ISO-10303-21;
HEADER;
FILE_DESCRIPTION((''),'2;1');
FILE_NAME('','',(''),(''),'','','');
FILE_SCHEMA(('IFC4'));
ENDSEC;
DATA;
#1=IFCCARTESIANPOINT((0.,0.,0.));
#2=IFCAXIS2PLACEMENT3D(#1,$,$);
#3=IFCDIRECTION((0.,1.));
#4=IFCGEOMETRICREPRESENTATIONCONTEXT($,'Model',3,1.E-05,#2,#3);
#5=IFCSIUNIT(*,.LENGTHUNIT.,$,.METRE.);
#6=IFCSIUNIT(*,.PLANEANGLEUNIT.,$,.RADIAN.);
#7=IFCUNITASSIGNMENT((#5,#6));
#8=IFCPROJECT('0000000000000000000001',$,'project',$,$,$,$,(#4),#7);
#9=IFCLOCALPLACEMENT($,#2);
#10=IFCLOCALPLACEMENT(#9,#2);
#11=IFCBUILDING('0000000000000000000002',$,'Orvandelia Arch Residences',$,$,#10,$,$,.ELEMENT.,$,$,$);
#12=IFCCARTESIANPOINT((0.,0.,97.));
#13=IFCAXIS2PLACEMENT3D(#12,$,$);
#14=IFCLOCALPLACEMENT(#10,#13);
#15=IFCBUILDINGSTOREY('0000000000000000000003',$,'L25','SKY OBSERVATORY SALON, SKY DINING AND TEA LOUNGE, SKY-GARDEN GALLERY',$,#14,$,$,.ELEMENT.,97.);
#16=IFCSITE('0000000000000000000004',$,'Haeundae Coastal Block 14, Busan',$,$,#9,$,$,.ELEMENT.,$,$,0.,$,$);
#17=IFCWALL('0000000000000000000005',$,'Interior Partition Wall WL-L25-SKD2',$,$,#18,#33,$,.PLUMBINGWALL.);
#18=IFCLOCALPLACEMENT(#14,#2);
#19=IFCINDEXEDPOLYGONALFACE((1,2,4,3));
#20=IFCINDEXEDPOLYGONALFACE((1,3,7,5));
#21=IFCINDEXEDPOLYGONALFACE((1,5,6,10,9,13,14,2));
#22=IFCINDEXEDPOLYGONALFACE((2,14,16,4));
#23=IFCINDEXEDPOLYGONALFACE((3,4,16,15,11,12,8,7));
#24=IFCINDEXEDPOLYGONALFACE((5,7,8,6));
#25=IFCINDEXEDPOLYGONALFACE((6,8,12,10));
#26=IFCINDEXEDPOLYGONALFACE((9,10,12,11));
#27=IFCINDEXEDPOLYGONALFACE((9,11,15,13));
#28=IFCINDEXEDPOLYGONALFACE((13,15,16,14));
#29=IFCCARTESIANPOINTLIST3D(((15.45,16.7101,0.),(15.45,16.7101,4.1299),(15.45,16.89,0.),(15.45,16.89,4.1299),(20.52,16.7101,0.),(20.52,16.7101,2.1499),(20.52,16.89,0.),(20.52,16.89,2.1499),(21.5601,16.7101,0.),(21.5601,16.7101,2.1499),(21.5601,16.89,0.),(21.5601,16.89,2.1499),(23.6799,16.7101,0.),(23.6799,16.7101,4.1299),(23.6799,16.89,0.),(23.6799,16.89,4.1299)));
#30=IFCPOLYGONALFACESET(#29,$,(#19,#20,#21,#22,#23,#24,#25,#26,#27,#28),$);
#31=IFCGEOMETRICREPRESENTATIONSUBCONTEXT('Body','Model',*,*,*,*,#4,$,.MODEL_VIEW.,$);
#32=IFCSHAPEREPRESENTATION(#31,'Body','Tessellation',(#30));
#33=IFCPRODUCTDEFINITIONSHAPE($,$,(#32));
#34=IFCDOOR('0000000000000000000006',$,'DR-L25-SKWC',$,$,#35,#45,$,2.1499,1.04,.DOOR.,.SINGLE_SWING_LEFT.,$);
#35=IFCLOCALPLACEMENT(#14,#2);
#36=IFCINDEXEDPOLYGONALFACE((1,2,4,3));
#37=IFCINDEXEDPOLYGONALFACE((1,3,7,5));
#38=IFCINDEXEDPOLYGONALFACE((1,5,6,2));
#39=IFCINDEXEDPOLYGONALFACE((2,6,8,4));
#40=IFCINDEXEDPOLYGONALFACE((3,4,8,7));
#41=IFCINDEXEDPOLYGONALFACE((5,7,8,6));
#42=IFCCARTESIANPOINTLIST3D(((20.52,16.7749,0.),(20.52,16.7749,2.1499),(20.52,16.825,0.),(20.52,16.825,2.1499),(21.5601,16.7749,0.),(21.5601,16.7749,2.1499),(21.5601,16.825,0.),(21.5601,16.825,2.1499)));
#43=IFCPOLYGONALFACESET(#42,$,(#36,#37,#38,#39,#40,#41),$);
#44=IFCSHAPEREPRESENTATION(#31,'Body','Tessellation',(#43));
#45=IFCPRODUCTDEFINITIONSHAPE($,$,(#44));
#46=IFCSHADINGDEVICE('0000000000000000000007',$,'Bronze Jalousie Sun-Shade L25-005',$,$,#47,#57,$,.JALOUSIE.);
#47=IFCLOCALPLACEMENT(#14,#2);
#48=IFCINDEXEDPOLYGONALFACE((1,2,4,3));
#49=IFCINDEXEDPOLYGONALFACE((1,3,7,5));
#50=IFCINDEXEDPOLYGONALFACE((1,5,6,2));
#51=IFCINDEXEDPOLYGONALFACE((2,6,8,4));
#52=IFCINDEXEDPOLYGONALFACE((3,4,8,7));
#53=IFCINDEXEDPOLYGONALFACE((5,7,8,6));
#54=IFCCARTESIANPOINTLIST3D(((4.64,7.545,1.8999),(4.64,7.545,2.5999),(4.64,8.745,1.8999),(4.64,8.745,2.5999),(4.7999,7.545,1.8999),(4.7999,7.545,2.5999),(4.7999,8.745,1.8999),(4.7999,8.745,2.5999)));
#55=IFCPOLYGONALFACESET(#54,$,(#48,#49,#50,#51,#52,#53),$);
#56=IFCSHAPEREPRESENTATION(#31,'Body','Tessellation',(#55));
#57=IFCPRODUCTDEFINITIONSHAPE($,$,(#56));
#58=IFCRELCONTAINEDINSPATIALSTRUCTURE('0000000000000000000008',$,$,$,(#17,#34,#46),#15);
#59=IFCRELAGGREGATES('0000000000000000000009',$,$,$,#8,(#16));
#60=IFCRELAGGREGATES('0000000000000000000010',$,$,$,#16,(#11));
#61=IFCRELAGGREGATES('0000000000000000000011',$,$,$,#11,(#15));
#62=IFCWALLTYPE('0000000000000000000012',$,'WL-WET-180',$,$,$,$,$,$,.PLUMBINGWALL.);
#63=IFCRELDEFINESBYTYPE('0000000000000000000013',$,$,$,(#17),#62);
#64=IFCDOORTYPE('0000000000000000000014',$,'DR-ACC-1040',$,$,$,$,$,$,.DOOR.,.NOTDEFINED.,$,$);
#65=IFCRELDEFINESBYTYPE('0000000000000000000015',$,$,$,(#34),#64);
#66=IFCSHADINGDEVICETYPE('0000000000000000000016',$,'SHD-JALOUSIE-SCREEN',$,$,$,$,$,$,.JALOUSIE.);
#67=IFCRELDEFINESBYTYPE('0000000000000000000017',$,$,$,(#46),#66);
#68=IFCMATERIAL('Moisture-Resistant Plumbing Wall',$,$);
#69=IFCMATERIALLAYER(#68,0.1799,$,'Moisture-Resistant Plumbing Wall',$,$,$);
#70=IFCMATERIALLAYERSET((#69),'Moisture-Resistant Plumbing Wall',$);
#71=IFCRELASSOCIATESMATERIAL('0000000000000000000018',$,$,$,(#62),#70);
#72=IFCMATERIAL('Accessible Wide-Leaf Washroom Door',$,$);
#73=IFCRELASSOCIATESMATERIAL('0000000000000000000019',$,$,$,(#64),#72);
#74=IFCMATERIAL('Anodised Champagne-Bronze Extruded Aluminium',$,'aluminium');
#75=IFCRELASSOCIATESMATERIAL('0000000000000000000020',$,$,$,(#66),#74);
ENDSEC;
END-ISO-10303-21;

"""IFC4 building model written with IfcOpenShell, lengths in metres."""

from ifc_helpers import new_model, si_unit, direction, frame, frame_2d, origin, origin_2d, place, context, subcontext, project, spatial, rectangle, extrude, material, layer, layer_set, type_object, element, fill, save


model = new_model("IFC4")

# Units and contexts
model_context = context("Model", 3, precision=1e-05, world=origin(), true_north=direction((0.0, 1.0)))
body_context = subcontext(model_context, "Body", "Model", "MODEL_VIEW")
ifc_project = project(units=[si_unit("LENGTHUNIT", "METRE"), si_unit("PLANEANGLEUNIT", "RADIAN")], contexts=[model_context])

# Site, building, storey
site_placement = place(None, origin())
site = spatial("IfcSite", under=ifc_project, at=site_placement, Name="Haeundae Coastal Block 14, Busan", CompositionType="ELEMENT", RefElevation=0.0)
building_placement = place(site_placement, origin())
building = spatial("IfcBuilding", under=site, at=building_placement, Name="Orvandelia Arch Residences", CompositionType="ELEMENT")
storey_placement = place(building_placement, frame((0.0, 0.0, 97.0)))
storey = spatial("IfcBuildingStorey", under=building, at=storey_placement, Name="L25", Description="SKY OBSERVATORY SALON, SKY DINING AND TEA LOUNGE, SKY-GARDEN GALLERY", CompositionType="ELEMENT", Elevation=97.0)

# Wall, opening, door
ifc_material_1 = material(Name="Moisture-Resistant Plumbing Wall")
ifc_layer_1 = layer(ifc_material_1, 0.1799, Name="Moisture-Resistant Plumbing Wall")
ifc_layer_set_1 = layer_set([ifc_layer_1], Name="Moisture-Resistant Plumbing Wall")
wall_type_1 = type_object("IfcWallType", Name="WL-WET-180", PredefinedType="PLUMBINGWALL", material=ifc_layer_set_1)
wall_1_placement = place(storey_placement, frame((15.45, 16.8, 0.0), z_axis=(0.0, 0.0, 1.0), x_axis=(1.0, 0.0, 0.0)))
wall_1 = element("IfcWall", 1, at=wall_1_placement, inside=storey, type_object=wall_type_1, Name="Interior Partition Wall WL-L25-SKD2", PredefinedType="PLUMBINGWALL", context=body_context, shape_type="SweptSolid", body=[
    extrude(rectangle(XDim=8.23, YDim=0.1799, at=frame_2d((4.115, 0.0))), origin(), (0.0, 0.0, 1.0), 4.1299),
])
opening_1_placement = place(wall_1_placement, frame((5.0701, 0.0, 0.0)))
opening_1 = element("IfcOpeningElement", 2, at=opening_1_placement, cuts=wall_1, PredefinedType="OPENING", context=body_context, shape_type="SweptSolid", body=[
    extrude(rectangle(XDim=1.04, YDim=2.1499, at=frame_2d((0.52, 1.075))), frame((0.0, 0.1001, 0.0), z_axis=(0.0, -1.0, 0.0), x_axis=(1.0, 0.0, 0.0)), (0.0, 0.0, 1.0), 0.2),
])
ifc_material_2 = material(Name="Accessible Wide-Leaf Washroom Door")
door_type = type_object("IfcDoorType", Name="DR-ACC-1040", OperationType="NOTDEFINED", PredefinedType="DOOR", material=ifc_material_2)
door_placement = place(opening_1_placement, origin())
door = element("IfcDoor", 3, at=door_placement, inside=storey, type_object=door_type, Name="DR-L25-SKWC", OperationType="SINGLE_SWING_LEFT", OverallHeight=2.1499, OverallWidth=1.04, PredefinedType="DOOR", context=body_context, shape_type="SweptSolid", body=[
    extrude(rectangle(XDim=1.04, YDim=2.1499, at=frame_2d((0.52, 1.075))), frame((0.0, 0.0249, 0.0), z_axis=(0.0, -1.0, 0.0), x_axis=(1.0, 0.0, 0.0)), (0.0, 0.0, 1.0), 0.05),
])
fill(opening_1, door)

# Shading device
ifc_material_3 = material(Name="Anodised Champagne-Bronze Extruded Aluminium", Category="aluminium")
shading_device_type = type_object("IfcShadingDeviceType", Name="SHD-JALOUSIE-SCREEN", PredefinedType="JALOUSIE", material=ifc_material_3)
shading_device_placement = place(storey_placement, frame((4.72, 8.145, 1.8999), z_axis=(0.0, 0.0, 1.0), x_axis=(0.0, 1.0, 0.0)))
element("IfcShadingDevice", 4, at=shading_device_placement, inside=storey, type_object=shading_device_type, Name="Bronze Jalousie Sun-Shade L25-005", PredefinedType="JALOUSIE", context=body_context, shape_type="SweptSolid", body=[
    extrude(rectangle(XDim=1.2, YDim=0.1599, at=origin_2d()), origin(), (0.0, 0.0, 1.0), 0.7),
])

save(model, "model.ifc")
